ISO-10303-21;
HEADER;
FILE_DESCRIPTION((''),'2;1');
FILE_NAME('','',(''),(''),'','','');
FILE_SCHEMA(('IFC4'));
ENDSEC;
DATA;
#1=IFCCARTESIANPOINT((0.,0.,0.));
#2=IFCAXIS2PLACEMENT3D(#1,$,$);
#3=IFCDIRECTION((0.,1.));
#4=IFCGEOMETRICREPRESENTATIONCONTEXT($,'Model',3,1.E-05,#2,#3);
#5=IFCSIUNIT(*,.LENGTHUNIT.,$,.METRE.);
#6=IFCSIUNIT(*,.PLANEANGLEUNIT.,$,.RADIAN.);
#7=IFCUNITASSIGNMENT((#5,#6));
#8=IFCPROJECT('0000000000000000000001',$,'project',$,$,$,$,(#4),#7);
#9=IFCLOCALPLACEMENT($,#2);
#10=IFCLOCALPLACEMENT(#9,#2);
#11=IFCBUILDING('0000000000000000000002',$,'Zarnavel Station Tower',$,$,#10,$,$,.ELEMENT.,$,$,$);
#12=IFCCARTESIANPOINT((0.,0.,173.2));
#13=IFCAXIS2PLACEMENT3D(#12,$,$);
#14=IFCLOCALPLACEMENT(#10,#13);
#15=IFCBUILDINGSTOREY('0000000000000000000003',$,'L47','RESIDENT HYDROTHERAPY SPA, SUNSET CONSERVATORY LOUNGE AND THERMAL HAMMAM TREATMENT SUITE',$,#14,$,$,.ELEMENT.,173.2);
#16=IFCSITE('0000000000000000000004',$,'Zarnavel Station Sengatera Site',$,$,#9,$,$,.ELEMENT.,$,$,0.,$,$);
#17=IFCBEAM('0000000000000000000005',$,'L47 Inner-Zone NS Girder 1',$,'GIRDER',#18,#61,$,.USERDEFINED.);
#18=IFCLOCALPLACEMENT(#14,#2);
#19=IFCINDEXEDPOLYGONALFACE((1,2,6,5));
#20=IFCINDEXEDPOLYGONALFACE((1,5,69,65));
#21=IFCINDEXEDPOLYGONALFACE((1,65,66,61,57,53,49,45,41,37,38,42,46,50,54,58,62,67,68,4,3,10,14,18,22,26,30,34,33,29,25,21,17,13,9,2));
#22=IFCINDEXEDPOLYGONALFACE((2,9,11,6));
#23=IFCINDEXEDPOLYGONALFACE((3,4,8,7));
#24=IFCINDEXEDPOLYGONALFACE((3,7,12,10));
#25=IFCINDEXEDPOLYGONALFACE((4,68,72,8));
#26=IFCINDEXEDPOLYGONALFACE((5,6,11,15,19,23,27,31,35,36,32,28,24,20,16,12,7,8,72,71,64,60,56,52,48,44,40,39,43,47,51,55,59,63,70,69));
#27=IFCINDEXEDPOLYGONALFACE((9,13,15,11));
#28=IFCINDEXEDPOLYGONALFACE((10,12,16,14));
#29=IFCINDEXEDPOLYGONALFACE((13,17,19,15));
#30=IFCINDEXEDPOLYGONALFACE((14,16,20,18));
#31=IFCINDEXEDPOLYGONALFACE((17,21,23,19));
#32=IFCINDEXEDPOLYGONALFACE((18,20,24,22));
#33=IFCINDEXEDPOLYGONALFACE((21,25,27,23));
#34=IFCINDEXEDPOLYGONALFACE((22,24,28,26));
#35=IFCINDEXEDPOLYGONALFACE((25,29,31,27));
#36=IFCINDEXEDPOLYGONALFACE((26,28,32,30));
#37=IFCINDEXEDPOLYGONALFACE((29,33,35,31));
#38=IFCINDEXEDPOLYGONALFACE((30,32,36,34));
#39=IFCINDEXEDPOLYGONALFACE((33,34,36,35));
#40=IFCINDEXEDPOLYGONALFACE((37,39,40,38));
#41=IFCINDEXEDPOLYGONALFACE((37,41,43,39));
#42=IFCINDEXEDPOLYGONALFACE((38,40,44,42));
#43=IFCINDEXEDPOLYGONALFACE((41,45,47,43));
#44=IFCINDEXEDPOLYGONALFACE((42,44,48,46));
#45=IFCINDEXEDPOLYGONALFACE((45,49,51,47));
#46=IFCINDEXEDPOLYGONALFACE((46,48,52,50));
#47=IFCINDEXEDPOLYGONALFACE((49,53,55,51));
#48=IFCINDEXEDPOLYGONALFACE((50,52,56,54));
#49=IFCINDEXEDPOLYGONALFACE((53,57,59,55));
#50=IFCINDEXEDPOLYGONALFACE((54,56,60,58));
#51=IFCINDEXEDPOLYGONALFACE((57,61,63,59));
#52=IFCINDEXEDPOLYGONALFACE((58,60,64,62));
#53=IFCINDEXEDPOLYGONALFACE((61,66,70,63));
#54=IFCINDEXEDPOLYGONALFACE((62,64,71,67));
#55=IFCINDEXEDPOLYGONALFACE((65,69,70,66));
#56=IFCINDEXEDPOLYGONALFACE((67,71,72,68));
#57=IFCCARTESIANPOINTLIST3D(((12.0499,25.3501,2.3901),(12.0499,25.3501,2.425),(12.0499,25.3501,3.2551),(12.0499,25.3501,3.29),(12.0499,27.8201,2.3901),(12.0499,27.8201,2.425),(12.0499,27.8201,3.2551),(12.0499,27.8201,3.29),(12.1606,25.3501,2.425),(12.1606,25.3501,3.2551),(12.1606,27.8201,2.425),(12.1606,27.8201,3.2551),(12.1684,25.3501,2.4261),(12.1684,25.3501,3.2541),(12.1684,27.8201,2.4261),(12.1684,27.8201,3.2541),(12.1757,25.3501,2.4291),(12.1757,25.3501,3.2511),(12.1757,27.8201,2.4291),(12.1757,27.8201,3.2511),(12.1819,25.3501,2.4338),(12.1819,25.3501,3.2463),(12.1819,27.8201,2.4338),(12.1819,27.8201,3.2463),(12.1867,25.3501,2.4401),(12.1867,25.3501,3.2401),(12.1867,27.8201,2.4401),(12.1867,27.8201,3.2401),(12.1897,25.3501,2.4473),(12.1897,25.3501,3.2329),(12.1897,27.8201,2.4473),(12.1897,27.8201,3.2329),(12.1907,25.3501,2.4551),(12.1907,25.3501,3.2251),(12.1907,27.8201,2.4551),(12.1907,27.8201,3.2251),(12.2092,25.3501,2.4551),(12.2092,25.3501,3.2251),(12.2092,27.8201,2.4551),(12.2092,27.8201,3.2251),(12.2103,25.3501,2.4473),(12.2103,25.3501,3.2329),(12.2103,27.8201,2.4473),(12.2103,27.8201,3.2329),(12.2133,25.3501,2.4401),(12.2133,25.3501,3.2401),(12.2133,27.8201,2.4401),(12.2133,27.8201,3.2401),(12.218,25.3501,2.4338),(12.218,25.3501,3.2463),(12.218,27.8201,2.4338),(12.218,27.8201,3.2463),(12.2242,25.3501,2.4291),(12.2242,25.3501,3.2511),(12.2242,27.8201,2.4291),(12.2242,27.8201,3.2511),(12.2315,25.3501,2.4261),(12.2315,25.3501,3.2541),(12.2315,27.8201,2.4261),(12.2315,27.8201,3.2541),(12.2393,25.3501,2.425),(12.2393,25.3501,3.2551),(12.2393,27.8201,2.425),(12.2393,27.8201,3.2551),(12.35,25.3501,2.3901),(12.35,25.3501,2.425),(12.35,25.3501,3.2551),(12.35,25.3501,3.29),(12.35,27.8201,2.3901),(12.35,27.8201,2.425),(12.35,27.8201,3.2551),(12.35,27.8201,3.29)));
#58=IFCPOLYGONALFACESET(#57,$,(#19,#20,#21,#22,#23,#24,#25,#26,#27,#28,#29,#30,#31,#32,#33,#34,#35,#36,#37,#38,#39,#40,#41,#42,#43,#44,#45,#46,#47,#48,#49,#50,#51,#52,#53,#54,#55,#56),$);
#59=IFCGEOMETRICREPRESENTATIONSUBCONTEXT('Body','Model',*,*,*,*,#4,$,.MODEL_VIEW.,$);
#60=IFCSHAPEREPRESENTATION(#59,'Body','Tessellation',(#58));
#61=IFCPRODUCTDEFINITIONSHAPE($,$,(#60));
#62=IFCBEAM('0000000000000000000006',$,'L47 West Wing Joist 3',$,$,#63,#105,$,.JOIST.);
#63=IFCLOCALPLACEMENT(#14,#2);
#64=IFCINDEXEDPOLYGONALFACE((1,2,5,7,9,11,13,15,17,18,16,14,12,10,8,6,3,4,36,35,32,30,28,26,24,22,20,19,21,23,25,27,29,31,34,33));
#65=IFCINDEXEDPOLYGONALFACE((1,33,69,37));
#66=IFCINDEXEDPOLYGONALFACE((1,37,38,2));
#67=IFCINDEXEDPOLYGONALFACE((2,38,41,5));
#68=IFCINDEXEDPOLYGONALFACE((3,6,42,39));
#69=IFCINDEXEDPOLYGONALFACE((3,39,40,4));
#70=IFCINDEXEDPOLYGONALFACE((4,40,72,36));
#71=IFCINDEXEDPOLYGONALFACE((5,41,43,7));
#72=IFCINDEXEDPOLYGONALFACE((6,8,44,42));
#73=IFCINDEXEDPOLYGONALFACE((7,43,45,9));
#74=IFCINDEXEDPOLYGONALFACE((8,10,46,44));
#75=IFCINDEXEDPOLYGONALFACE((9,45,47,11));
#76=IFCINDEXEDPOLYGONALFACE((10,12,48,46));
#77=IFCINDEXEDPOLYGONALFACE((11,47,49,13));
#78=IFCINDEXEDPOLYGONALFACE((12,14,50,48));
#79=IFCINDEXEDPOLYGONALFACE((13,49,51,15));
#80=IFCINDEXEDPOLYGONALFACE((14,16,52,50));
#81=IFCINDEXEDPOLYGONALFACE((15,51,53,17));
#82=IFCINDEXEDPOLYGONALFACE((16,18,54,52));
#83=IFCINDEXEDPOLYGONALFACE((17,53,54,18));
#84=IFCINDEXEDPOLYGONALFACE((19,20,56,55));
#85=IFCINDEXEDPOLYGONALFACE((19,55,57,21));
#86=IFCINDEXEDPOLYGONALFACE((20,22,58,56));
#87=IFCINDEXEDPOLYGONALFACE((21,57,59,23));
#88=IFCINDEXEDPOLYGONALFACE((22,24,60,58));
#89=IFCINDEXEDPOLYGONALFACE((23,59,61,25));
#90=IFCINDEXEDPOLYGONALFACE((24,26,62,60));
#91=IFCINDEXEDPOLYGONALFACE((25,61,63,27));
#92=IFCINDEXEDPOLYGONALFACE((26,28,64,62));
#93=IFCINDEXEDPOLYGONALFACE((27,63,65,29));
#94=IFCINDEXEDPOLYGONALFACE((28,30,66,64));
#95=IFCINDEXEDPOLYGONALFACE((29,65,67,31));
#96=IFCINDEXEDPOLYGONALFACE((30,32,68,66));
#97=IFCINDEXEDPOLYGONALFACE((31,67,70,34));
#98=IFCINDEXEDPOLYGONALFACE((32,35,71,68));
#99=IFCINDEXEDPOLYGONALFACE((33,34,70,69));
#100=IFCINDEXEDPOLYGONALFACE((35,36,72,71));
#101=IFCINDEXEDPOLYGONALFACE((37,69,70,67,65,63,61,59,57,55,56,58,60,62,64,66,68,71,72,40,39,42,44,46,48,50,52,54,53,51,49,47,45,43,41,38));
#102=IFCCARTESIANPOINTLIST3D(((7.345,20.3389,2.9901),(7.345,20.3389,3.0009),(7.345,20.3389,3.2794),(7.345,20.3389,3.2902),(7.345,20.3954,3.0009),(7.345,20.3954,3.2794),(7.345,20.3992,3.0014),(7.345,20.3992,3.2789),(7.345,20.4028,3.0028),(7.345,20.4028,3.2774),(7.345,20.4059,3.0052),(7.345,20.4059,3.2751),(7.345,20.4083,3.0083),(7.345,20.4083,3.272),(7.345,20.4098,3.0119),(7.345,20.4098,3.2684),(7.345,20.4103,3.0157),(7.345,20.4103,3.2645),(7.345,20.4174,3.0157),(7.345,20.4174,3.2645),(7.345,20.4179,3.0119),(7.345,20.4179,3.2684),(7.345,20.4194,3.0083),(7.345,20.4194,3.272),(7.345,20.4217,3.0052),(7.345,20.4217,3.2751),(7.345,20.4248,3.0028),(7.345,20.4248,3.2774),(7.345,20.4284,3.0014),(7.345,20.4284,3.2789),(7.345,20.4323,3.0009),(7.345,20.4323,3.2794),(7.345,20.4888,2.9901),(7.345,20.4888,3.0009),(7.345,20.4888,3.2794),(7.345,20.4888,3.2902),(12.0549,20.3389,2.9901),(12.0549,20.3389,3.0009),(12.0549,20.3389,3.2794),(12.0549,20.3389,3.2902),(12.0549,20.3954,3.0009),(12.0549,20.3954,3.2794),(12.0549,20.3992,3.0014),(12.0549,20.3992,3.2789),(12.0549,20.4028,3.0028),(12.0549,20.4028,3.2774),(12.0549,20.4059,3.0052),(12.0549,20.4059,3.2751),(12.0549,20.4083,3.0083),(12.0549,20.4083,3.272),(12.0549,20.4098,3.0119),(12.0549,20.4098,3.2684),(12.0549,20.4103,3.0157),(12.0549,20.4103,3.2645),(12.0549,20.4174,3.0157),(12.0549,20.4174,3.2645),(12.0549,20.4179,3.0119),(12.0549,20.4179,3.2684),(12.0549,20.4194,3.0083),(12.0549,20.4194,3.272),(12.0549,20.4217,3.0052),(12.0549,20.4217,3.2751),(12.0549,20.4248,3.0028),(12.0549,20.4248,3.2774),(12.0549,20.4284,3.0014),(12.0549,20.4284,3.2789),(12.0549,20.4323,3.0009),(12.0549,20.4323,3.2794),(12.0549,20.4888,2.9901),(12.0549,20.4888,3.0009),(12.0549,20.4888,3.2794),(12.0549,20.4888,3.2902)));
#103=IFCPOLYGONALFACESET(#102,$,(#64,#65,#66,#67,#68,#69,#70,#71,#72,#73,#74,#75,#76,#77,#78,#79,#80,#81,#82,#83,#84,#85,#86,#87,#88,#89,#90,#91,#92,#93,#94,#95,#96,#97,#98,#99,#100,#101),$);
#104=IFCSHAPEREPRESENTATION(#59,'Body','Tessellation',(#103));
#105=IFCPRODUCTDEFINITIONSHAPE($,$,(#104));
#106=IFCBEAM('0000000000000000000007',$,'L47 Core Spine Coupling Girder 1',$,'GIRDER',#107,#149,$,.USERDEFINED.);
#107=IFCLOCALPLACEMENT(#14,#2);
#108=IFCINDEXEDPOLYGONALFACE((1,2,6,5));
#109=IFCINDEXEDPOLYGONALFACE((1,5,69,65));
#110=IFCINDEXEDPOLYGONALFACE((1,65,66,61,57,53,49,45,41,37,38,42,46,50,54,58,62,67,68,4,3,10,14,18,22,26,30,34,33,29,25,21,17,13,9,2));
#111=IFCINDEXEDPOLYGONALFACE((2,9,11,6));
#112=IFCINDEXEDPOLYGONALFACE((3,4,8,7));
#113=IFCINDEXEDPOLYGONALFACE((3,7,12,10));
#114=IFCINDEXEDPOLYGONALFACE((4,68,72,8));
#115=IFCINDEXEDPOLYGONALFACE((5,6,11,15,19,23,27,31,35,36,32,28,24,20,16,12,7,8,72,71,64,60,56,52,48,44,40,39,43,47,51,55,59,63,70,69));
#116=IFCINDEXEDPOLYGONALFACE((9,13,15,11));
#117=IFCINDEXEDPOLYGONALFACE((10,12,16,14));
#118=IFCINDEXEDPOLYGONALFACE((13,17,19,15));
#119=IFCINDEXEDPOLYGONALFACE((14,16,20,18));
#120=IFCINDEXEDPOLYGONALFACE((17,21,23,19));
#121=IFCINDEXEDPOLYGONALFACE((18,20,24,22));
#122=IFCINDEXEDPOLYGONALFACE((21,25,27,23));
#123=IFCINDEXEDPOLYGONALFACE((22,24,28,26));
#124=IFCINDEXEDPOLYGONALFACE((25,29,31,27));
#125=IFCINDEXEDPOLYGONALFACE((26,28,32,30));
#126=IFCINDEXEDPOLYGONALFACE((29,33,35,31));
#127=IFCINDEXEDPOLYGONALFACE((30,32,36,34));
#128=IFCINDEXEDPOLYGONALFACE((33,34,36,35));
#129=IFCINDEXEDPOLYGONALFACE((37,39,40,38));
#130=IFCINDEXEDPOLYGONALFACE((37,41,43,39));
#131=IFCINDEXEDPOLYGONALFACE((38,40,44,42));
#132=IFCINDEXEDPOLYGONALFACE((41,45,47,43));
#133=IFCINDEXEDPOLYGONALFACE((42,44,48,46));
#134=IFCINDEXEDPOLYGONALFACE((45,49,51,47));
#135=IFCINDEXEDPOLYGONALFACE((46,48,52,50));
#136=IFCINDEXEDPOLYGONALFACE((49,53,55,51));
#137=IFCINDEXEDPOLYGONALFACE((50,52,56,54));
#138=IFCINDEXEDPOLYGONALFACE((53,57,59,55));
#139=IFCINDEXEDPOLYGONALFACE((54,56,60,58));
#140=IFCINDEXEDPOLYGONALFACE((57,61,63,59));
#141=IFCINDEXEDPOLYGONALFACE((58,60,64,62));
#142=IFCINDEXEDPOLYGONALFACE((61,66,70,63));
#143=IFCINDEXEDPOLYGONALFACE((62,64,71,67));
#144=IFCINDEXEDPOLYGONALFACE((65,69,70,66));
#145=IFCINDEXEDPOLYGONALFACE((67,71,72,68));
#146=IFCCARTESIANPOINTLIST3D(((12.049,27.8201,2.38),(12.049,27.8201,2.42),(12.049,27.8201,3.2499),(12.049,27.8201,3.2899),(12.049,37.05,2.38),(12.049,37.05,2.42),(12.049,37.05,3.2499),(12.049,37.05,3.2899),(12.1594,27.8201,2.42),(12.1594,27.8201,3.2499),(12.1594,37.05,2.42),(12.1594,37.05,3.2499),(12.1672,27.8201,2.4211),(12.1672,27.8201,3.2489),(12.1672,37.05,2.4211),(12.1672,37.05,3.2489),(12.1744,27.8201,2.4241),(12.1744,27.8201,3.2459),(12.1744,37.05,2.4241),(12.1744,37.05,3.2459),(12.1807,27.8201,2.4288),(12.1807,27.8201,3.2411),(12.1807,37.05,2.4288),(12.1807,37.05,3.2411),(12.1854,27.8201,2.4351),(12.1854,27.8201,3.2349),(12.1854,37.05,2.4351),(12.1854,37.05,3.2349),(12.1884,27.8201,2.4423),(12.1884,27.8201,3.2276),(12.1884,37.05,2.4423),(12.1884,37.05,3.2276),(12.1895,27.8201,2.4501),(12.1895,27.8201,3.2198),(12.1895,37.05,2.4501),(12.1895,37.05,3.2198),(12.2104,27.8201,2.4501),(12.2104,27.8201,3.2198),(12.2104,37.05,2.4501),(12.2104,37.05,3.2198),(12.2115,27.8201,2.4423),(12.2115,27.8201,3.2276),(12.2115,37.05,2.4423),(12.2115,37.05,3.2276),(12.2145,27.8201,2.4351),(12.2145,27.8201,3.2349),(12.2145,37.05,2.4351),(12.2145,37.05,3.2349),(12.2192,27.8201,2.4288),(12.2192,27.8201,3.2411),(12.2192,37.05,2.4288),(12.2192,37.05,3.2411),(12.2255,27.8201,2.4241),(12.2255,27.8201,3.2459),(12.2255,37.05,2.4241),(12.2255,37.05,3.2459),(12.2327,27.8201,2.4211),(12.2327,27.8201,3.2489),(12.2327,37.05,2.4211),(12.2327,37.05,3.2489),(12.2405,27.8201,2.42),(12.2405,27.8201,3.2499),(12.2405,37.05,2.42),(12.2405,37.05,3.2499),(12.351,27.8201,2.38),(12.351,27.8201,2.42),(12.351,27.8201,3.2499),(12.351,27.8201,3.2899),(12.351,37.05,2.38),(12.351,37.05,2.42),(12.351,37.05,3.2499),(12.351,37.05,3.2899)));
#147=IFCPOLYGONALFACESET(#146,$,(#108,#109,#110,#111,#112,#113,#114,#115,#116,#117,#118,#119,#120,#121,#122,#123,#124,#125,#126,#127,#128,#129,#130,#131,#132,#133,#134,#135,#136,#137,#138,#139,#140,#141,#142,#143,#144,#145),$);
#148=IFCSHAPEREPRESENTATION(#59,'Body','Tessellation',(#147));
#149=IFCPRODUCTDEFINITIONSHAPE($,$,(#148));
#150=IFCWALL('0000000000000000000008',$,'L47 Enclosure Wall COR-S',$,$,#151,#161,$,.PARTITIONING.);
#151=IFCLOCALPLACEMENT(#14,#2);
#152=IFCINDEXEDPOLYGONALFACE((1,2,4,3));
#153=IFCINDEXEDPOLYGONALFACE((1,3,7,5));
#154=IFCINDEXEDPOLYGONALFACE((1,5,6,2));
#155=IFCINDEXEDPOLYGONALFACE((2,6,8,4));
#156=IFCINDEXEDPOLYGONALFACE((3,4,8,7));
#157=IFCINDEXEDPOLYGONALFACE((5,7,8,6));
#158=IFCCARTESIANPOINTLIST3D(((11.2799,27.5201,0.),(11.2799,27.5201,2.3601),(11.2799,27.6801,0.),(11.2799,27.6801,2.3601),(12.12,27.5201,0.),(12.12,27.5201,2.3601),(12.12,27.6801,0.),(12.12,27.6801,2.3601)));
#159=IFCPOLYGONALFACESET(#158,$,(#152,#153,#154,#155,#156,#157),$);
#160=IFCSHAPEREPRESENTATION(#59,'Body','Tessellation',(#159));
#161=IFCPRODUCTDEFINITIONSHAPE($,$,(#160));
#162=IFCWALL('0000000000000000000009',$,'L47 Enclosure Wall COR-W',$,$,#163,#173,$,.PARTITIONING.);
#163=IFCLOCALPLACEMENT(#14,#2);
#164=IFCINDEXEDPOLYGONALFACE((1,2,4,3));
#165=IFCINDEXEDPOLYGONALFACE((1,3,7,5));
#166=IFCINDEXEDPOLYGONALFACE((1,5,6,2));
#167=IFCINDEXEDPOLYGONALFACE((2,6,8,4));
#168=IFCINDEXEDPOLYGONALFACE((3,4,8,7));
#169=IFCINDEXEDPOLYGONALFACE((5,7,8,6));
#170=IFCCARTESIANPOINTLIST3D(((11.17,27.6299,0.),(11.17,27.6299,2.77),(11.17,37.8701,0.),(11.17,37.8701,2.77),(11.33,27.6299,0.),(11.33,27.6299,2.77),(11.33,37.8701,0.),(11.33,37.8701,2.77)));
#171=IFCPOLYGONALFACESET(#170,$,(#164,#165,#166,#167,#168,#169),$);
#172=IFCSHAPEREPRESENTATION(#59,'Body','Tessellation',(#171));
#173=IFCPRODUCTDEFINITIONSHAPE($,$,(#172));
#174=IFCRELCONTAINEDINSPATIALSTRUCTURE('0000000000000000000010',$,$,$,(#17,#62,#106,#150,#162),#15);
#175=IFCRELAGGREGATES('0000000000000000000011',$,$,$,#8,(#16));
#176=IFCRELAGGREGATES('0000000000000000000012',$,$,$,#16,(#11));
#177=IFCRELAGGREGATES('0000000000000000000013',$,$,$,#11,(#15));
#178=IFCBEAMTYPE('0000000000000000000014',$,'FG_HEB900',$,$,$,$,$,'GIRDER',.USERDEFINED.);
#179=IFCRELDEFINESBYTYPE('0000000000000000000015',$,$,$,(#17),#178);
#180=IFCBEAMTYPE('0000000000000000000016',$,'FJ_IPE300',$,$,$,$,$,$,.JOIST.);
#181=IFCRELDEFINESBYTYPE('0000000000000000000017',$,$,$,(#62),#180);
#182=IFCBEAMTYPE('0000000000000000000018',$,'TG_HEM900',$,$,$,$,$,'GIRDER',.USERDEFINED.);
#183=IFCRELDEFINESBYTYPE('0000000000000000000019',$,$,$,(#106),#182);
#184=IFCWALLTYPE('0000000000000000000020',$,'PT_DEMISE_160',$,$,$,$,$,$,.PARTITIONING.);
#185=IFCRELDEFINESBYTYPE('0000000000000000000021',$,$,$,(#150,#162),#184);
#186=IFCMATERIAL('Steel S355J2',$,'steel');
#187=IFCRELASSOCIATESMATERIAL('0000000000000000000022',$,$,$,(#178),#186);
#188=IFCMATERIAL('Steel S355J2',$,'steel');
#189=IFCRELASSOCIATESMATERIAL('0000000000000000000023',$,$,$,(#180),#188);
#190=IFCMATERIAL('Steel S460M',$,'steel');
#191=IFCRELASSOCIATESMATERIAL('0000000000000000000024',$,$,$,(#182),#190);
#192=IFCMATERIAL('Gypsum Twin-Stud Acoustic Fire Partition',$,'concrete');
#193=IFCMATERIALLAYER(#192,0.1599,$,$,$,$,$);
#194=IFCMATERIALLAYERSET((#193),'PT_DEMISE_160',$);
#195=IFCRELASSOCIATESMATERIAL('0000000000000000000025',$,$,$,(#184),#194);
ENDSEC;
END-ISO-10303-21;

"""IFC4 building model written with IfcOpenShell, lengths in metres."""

from ifc_helpers import new_model, si_unit, direction, frame, frame_2d, origin, origin_2d, place, context, subcontext, project, spatial, rectangle, i_section, extrude, material, layer, layer_set, material_profile, profile_set, type_object, element, save


model = new_model("IFC4")

# Units and contexts
model_context = context("Model", 3, precision=1e-05, world=origin(), true_north=direction((0.0, 1.0)))
body_context = subcontext(model_context, "Body", "Model", "MODEL_VIEW")
ifc_project = project(units=[si_unit("LENGTHUNIT", "METRE"), si_unit("PLANEANGLEUNIT", "RADIAN")], contexts=[model_context])

# Site, building, storey
site_placement = place(None, origin())
site = spatial("IfcSite", under=ifc_project, at=site_placement, Name="Zarnavel Station Sengatera Site", CompositionType="ELEMENT", RefElevation=0.0)
building_placement = place(site_placement, origin())
building = spatial("IfcBuilding", under=site, at=building_placement, Name="Zarnavel Station Tower", CompositionType="ELEMENT")
storey_placement = place(building_placement, frame((0.0, 0.0, 173.2)))
storey = spatial("IfcBuildingStorey", under=building, at=storey_placement, Name="L47", Description="RESIDENT HYDROTHERAPY SPA, SUNSET CONSERVATORY LOUNGE AND THERMAL HAMMAM TREATMENT SUITE", CompositionType="ELEMENT", Elevation=173.2)

# Beams
ifc_material_1 = material(Name="Steel S355J2", Category="steel")
ifc_material_profile_1 = material_profile(ifc_material_1, i_section(OverallWidth=0.3, OverallDepth=0.8999, WebThickness=0.0186, FlangeThickness=0.0349, FilletRadius=0.03, at=origin_2d()), Name="HEB900")
ifc_profile_set_1 = profile_set([ifc_material_profile_1], Name="Steel S355J2")
beam_type_1 = type_object("IfcBeamType", Name="FG_HEB900", ElementType="GIRDER", PredefinedType="USERDEFINED", material=ifc_profile_set_1)
beam_1_placement = place(storey_placement, frame((12.2, 25.3501, 2.8401), z_axis=(0.0, 1.0, 0.0), x_axis=(-1.0, 0.0, 0.0)))
element("IfcBeam", 1, at=beam_1_placement, inside=storey, type_object=beam_type_1, Name="L47 Inner-Zone NS Girder 1", ObjectType="GIRDER", PredefinedType="USERDEFINED", context=body_context, shape_type="SweptSolid", body=[
    extrude(i_section(OverallWidth=0.3, OverallDepth=0.8999, WebThickness=0.0186, FlangeThickness=0.0349, FilletRadius=0.03, at=origin_2d()), origin(), (0.0, 0.0, 1.0), 2.47),
])
ifc_material_2 = material(Name="Steel S355J2", Category="steel")
ifc_material_profile_2 = material_profile(ifc_material_2, i_section(OverallWidth=0.1499, OverallDepth=0.3, WebThickness=0.0071, FlangeThickness=0.0107, FilletRadius=0.0149, at=origin_2d()), Name="IPE300")
ifc_profile_set_2 = profile_set([ifc_material_profile_2], Name="Steel S355J2")
beam_type_2 = type_object("IfcBeamType", Name="FJ_IPE300", PredefinedType="JOIST", material=ifc_profile_set_2)
beam_2_placement = place(storey_placement, frame((7.345, 20.4138, 3.1401), z_axis=(1.0, 0.0, 0.0), x_axis=(0.0, 1.0, 0.0)))
element("IfcBeam", 2, at=beam_2_placement, inside=storey, type_object=beam_type_2, Name="L47 West Wing Joist 3", PredefinedType="JOIST", context=body_context, shape_type="SweptSolid", body=[
    extrude(i_section(OverallWidth=0.1499, OverallDepth=0.3, WebThickness=0.0071, FlangeThickness=0.0107, FilletRadius=0.0149, at=origin_2d()), origin(), (0.0, 0.0, 1.0), 4.71),
])
ifc_material_3 = material(Name="Steel S460M", Category="steel")
ifc_material_profile_3 = material_profile(ifc_material_3, i_section(OverallWidth=0.302, OverallDepth=0.9099, WebThickness=0.021, FlangeThickness=0.04, FilletRadius=0.03, at=origin_2d()), Name="HEM900")
ifc_profile_set_3 = profile_set([ifc_material_profile_3], Name="Steel S460M")
beam_type_3 = type_object("IfcBeamType", Name="TG_HEM900", ElementType="GIRDER", PredefinedType="USERDEFINED", material=ifc_profile_set_3)
beam_3_placement = place(storey_placement, frame((12.2, 27.8201, 2.835), z_axis=(0.0, 1.0, 0.0), x_axis=(-1.0, 0.0, 0.0)))
element("IfcBeam", 3, at=beam_3_placement, inside=storey, type_object=beam_type_3, Name="L47 Core Spine Coupling Girder 1", ObjectType="GIRDER", PredefinedType="USERDEFINED", context=body_context, shape_type="SweptSolid", body=[
    extrude(i_section(OverallWidth=0.302, OverallDepth=0.9099, WebThickness=0.021, FlangeThickness=0.04, FilletRadius=0.03, at=origin_2d()), origin(), (0.0, 0.0, 1.0), 9.23),
])

# Shared definitions
ifc_material_4 = material(Name="Gypsum Twin-Stud Acoustic Fire Partition", Category="concrete")
ifc_layer_1 = layer(ifc_material_4, 0.1599)
ifc_layer_set_1 = layer_set([ifc_layer_1], Name="PT_DEMISE_160")
wall_type_1 = type_object("IfcWallType", Name="PT_DEMISE_160", PredefinedType="PARTITIONING", material=ifc_layer_set_1)

# Walls
wall_1_placement = place(storey_placement, frame((11.28, 27.6001, 0.0), z_axis=(0.0, 0.0, 1.0), x_axis=(1.0, 0.0, 0.0)))
element("IfcWall", 4, at=wall_1_placement, inside=storey, type_object=wall_type_1, Name="L47 Enclosure Wall COR-S", PredefinedType="PARTITIONING", context=body_context, shape_type="SweptSolid", body=[
    extrude(rectangle(XDim=0.8401, YDim=0.1599, at=frame_2d((0.4199, 0.0))), origin(), (0.0, 0.0, 1.0), 2.3601),
])
wall_2_placement = place(storey_placement, frame((11.25, 27.6299, 0.0), z_axis=(0.0, 0.0, 1.0), x_axis=(0.0, 1.0, 0.0)))
element("IfcWall", 5, at=wall_2_placement, inside=storey, type_object=wall_type_1, Name="L47 Enclosure Wall COR-W", PredefinedType="PARTITIONING", context=body_context, shape_type="SweptSolid", body=[
    extrude(rectangle(XDim=10.2402, YDim=0.1599, at=frame_2d((5.1201, 0.0))), origin(), (0.0, 0.0, 1.0), 2.77),
])

save(model, "model.ifc")
